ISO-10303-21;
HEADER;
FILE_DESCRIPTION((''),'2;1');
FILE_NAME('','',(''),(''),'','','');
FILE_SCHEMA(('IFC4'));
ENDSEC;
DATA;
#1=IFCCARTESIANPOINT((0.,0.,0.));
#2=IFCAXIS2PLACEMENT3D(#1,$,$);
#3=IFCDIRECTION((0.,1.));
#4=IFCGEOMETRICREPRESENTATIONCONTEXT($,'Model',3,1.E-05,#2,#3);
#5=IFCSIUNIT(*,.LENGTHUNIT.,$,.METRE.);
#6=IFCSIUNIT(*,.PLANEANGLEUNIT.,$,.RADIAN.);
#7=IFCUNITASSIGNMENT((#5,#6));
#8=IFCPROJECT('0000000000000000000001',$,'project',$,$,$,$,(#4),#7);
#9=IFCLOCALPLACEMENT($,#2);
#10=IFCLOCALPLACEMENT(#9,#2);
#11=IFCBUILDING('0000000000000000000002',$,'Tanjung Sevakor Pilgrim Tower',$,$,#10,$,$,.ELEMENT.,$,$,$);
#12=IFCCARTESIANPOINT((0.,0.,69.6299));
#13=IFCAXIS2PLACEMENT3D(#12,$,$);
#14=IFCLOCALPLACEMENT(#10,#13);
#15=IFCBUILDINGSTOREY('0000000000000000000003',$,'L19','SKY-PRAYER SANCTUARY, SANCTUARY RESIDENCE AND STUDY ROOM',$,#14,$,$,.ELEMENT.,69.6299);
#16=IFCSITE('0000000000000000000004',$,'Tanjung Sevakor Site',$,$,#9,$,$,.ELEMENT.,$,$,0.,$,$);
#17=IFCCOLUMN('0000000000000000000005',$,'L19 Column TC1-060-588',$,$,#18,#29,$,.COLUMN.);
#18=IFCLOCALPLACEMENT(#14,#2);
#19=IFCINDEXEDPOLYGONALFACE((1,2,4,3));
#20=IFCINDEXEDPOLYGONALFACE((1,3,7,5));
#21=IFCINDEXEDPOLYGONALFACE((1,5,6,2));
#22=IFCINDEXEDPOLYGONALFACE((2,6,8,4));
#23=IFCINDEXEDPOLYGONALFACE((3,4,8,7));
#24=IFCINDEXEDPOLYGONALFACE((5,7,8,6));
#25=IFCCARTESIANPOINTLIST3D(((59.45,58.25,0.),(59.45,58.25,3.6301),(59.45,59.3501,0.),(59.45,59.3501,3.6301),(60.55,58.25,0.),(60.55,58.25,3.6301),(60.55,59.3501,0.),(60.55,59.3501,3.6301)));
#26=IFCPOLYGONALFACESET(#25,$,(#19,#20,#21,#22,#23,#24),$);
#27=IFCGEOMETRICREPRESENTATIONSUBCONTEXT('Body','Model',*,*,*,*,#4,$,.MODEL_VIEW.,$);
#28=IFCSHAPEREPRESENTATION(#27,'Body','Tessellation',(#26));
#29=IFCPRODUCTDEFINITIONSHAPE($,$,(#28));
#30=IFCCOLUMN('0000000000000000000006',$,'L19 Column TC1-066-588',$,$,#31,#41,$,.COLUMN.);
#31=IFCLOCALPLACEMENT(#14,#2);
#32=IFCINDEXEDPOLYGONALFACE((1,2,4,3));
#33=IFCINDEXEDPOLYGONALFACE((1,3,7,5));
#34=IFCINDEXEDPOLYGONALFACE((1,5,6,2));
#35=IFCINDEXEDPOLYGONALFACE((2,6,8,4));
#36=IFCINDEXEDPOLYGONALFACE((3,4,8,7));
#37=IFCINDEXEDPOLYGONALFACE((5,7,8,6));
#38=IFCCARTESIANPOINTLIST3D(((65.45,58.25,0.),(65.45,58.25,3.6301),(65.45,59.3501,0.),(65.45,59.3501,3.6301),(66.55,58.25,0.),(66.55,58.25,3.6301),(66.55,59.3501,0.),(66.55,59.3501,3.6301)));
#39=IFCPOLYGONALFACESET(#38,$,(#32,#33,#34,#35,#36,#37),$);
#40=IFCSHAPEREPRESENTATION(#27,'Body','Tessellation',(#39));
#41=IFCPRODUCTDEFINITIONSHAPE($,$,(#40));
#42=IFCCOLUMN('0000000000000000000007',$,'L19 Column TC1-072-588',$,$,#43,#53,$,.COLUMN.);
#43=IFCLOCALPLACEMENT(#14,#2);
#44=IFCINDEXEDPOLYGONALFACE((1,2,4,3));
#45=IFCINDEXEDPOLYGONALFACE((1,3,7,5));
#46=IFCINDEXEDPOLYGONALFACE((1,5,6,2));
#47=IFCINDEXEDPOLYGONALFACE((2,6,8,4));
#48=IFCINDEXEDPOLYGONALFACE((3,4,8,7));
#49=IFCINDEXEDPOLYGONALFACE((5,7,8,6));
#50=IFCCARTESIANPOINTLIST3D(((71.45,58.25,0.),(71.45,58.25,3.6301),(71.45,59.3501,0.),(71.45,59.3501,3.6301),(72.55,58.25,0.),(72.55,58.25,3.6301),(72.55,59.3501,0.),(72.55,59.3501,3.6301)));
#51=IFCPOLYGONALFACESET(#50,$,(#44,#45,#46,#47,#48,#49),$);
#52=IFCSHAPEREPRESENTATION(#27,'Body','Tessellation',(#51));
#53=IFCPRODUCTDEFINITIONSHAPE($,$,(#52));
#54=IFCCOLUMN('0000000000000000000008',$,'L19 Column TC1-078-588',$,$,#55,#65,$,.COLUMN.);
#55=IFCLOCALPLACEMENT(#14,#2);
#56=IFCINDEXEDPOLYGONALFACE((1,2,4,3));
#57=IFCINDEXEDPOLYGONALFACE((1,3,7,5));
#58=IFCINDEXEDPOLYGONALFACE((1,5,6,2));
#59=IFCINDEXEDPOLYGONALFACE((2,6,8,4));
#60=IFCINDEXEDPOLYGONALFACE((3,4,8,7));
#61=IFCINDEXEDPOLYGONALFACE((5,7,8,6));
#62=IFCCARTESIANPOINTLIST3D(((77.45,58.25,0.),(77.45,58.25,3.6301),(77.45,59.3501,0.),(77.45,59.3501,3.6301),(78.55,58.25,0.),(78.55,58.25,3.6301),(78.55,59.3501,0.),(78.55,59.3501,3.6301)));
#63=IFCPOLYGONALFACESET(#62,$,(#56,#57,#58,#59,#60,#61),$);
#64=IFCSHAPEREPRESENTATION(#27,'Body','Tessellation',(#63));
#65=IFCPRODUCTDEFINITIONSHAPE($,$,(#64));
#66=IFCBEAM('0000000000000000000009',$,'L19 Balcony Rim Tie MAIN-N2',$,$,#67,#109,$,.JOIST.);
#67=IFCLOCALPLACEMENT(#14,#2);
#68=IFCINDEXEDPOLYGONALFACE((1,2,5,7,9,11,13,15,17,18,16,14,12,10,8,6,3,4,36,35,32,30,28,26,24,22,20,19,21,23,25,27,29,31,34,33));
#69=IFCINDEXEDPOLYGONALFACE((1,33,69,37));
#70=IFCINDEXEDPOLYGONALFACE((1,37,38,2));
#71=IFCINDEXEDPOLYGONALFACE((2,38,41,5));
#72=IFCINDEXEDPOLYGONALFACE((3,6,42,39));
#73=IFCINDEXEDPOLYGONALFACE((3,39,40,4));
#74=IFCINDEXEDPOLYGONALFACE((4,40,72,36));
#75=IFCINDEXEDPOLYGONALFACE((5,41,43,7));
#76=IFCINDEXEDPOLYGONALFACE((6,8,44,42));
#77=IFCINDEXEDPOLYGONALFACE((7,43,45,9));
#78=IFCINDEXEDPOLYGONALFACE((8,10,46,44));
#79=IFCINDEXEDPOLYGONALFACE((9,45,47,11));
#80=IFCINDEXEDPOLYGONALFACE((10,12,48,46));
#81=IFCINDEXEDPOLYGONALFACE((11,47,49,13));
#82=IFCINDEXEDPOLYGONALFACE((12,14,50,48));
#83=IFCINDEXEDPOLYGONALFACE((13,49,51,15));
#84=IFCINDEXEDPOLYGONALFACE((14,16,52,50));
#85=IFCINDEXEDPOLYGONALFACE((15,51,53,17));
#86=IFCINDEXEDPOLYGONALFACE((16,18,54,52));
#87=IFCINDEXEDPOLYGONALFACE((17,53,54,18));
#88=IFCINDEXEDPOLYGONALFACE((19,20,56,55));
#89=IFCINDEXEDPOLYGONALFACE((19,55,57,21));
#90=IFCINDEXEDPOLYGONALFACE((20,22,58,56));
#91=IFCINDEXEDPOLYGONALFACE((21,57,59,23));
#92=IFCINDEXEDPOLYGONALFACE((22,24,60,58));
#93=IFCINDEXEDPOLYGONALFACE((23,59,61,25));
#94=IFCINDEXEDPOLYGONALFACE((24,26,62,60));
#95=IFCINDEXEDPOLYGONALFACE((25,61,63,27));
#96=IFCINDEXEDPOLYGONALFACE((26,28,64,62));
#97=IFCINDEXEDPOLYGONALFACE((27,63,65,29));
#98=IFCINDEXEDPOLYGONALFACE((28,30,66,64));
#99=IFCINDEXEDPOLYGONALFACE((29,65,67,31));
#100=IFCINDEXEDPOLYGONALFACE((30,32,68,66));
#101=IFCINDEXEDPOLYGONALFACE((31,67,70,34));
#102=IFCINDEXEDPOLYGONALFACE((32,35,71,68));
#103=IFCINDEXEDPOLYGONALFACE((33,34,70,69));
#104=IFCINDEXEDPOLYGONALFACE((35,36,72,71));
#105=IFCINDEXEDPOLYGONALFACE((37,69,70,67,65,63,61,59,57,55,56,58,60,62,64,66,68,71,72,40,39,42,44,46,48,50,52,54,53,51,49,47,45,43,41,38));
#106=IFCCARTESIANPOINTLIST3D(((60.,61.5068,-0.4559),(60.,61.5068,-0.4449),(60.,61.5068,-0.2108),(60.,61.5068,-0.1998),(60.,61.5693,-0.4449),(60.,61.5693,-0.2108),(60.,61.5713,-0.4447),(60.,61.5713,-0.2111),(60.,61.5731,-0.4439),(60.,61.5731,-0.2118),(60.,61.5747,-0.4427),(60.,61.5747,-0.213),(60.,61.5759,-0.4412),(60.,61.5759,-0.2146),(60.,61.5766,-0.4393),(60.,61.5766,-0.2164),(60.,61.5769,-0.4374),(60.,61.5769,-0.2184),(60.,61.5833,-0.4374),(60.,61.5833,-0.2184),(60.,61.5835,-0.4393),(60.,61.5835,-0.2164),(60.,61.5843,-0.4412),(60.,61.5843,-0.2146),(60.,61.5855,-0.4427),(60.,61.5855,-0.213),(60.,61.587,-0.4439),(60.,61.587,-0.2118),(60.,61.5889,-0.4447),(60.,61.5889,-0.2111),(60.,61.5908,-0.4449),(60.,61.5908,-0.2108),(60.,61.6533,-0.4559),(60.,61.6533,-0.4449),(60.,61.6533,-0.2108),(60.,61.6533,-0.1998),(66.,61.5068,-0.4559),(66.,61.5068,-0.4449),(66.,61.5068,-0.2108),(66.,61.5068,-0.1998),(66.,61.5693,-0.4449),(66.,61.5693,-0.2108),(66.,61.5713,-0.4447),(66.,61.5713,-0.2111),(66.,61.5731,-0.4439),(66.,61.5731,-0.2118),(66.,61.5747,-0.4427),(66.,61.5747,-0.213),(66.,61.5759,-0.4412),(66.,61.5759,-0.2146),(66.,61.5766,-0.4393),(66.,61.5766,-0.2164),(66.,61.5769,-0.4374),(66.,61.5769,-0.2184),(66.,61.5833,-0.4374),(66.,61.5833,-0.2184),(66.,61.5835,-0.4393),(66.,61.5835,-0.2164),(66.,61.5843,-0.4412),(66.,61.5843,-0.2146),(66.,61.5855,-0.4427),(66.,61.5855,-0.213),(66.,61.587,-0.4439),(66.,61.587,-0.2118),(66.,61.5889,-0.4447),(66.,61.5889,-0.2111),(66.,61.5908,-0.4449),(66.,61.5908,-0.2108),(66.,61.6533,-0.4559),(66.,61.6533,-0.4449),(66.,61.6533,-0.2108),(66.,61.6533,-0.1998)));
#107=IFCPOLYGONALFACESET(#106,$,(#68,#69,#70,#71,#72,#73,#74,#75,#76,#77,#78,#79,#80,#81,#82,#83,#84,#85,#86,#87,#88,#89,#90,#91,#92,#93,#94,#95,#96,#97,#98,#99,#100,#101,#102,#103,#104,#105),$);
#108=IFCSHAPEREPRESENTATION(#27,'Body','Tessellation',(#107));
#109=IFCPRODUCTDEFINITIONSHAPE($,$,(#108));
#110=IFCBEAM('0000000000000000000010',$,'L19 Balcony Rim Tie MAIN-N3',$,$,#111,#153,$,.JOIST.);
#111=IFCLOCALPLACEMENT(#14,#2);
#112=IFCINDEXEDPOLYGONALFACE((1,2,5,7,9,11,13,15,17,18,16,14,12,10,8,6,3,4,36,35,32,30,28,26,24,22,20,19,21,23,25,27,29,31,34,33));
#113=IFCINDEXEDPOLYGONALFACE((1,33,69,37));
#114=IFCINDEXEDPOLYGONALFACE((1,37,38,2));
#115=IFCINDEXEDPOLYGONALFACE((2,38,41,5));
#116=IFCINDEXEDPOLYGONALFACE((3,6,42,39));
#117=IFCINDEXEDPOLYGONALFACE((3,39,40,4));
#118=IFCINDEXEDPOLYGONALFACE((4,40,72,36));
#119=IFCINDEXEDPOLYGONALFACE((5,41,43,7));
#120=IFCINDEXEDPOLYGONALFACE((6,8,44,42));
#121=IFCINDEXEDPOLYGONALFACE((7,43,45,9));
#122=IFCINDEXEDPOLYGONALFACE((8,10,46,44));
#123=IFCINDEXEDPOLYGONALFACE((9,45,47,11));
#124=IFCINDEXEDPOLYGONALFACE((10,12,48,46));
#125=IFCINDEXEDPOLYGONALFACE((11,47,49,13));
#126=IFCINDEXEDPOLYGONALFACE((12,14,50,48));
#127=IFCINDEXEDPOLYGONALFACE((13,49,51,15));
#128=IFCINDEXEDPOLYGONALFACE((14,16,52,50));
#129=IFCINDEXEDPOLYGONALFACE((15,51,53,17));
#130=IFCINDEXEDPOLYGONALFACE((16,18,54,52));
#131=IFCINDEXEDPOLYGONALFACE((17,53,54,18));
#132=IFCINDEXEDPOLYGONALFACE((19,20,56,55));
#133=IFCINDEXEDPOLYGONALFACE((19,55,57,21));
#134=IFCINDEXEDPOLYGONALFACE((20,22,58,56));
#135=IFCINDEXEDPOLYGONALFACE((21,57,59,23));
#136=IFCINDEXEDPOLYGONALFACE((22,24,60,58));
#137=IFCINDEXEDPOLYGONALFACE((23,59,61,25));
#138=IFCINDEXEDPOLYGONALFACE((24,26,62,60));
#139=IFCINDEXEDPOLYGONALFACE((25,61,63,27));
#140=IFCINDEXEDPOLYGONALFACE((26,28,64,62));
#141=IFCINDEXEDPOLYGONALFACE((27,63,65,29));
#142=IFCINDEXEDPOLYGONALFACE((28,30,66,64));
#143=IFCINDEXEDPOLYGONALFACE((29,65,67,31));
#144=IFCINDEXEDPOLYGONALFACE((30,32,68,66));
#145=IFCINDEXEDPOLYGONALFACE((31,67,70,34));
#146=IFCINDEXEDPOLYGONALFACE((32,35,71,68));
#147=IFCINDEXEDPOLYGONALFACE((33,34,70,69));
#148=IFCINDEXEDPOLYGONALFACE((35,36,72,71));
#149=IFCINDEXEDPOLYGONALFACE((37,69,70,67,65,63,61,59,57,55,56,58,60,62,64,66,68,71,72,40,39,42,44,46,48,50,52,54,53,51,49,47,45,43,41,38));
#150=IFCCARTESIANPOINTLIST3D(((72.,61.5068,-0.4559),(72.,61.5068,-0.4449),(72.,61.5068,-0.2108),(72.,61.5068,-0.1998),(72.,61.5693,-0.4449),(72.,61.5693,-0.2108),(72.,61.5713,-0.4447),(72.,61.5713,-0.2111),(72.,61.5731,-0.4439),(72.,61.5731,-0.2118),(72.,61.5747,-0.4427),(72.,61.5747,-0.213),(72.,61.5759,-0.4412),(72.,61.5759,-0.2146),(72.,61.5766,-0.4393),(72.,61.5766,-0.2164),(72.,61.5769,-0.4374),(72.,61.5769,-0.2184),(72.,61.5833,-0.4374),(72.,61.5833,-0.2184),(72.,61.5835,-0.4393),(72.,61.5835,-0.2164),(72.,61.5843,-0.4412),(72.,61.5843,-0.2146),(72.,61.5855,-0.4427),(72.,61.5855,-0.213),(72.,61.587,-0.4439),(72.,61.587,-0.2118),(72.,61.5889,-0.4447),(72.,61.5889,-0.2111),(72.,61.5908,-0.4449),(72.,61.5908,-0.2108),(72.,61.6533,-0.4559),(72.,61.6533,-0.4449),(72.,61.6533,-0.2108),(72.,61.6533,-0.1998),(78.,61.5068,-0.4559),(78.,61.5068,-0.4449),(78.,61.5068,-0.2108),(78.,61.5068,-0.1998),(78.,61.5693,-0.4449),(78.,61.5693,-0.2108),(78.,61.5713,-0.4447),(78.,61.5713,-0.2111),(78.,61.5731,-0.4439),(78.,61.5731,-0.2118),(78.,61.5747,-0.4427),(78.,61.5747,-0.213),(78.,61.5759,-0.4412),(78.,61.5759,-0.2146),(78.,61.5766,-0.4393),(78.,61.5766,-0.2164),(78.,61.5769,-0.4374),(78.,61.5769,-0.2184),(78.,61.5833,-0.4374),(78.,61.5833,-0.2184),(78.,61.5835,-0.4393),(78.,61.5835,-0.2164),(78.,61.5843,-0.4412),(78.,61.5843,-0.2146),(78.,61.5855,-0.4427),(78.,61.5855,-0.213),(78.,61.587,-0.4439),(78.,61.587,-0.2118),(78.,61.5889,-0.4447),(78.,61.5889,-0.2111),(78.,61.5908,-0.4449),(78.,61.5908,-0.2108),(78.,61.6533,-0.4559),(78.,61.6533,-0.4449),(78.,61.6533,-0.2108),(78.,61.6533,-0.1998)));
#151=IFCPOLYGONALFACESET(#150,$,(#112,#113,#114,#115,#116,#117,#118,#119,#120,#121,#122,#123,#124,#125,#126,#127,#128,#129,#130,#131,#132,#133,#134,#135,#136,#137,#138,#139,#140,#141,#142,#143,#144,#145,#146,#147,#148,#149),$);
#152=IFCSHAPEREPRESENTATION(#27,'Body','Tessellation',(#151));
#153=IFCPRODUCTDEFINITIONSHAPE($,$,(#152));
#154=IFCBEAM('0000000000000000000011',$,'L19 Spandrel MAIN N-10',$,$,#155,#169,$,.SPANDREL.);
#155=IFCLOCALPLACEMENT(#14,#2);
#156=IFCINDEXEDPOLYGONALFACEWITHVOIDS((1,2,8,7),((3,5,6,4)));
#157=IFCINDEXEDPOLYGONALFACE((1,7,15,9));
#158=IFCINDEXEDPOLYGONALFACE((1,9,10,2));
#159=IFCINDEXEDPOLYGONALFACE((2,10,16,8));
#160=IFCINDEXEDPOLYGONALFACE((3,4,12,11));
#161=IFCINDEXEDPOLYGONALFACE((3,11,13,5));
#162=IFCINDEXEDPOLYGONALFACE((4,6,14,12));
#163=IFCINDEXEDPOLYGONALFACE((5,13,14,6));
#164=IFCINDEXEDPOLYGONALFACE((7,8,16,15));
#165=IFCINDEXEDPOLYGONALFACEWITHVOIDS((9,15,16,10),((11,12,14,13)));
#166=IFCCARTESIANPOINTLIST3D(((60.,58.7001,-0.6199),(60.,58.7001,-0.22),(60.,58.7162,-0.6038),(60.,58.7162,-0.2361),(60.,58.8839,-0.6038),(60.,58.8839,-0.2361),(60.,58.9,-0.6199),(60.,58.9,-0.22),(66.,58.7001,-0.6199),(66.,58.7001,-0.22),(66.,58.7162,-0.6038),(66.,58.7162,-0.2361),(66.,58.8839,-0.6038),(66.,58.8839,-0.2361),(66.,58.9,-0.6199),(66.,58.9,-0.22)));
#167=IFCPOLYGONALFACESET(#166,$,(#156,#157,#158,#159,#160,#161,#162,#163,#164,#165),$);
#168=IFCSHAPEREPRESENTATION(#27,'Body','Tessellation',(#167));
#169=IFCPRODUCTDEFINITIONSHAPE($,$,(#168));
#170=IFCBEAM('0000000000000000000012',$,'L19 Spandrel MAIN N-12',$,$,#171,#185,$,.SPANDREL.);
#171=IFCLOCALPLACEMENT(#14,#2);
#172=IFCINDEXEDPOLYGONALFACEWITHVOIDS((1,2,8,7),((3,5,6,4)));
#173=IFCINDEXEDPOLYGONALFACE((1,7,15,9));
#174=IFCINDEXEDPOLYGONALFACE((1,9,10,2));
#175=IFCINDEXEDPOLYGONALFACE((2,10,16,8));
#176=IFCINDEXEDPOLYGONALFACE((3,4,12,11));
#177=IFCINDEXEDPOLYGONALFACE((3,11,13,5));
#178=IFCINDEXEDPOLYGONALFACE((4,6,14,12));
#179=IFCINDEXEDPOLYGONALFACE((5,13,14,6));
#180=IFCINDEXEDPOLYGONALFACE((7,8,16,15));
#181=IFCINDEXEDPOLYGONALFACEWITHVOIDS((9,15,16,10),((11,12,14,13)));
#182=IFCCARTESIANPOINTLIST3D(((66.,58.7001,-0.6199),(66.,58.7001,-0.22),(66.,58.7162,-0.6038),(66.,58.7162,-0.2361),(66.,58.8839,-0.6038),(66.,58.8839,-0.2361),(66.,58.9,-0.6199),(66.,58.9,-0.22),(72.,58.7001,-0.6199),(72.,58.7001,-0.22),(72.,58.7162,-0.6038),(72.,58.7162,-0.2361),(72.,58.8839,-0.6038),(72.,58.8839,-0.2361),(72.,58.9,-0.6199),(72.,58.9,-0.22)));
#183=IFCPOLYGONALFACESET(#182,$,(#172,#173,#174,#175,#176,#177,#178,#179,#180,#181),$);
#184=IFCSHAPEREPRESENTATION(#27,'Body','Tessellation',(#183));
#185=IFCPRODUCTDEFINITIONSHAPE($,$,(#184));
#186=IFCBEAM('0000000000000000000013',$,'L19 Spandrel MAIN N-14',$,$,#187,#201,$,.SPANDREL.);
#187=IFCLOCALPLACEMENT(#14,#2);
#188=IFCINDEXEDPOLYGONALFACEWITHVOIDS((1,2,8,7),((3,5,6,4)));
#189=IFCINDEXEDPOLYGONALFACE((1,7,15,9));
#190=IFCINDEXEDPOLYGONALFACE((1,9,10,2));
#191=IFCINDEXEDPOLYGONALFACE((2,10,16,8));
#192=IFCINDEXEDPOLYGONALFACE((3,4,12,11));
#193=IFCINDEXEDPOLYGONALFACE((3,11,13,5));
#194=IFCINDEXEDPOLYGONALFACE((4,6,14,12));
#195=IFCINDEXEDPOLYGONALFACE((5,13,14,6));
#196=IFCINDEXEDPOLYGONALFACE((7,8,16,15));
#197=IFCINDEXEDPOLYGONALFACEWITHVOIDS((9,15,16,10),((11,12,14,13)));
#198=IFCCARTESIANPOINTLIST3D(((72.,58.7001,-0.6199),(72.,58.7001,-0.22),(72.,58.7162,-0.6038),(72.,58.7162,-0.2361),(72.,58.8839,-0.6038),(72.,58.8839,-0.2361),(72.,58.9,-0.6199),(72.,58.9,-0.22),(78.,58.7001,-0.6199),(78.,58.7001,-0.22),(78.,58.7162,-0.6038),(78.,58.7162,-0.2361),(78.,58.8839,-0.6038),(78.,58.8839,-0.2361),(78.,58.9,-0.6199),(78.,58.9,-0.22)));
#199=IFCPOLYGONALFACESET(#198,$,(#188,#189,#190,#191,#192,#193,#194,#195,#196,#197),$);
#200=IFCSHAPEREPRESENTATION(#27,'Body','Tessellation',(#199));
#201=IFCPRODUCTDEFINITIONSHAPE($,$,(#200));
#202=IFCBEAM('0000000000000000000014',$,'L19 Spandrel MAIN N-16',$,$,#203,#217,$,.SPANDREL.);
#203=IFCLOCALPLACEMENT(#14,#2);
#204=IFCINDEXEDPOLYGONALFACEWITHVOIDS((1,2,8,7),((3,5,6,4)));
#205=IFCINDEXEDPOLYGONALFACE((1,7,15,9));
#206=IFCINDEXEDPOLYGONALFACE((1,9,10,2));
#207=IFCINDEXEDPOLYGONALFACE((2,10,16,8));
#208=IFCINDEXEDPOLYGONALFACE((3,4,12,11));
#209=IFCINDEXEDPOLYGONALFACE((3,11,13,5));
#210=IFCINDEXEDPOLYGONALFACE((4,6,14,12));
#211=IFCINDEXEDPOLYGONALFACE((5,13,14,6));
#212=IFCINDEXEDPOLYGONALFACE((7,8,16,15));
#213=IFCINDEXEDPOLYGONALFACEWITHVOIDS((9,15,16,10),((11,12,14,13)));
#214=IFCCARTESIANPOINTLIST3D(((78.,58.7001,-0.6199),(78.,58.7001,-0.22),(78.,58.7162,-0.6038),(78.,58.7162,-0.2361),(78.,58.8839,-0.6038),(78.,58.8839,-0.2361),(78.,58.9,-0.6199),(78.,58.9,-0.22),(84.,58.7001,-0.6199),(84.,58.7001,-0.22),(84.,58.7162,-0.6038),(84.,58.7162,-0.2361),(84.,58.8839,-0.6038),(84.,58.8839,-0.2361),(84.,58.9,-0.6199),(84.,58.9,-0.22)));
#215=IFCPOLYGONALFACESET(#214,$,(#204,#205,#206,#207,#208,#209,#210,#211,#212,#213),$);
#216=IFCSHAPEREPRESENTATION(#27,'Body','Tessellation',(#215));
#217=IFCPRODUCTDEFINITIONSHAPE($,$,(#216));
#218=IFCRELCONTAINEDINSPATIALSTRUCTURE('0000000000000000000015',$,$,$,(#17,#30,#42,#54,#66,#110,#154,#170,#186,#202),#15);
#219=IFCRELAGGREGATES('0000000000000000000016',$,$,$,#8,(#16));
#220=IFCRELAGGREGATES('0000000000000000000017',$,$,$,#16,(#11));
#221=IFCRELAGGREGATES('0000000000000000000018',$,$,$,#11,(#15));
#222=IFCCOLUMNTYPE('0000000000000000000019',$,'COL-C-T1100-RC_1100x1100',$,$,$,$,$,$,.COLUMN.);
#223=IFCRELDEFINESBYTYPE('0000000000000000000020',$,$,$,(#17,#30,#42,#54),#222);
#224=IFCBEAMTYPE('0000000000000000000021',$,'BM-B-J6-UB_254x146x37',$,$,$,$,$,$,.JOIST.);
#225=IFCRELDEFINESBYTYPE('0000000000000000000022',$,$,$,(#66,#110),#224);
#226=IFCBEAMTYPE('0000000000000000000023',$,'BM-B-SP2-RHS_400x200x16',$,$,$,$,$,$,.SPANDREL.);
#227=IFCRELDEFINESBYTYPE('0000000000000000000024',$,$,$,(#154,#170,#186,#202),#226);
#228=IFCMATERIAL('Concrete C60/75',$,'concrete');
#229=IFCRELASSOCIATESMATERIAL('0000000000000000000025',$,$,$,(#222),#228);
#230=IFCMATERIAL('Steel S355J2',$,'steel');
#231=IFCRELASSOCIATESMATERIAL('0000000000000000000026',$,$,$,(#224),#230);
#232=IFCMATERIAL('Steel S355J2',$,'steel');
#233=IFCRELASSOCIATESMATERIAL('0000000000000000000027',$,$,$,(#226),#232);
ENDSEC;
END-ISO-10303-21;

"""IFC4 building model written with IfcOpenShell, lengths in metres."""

from ifc_helpers import new_model, si_unit, direction, frame, origin, origin_2d, place, context, subcontext, project, spatial, rectangle, hollow_rectangle, i_section, extrude, material, material_profile, profile_set, type_object, element, save


model = new_model("IFC4")

# Units and contexts
model_context = context("Model", 3, precision=1e-05, world=origin(), true_north=direction((0.0, 1.0)))
body_context = subcontext(model_context, "Body", "Model", "MODEL_VIEW")
ifc_project = project(units=[si_unit("LENGTHUNIT", "METRE"), si_unit("PLANEANGLEUNIT", "RADIAN")], contexts=[model_context])

# Site, building, storey
site_placement = place(None, origin())
site = spatial("IfcSite", under=ifc_project, at=site_placement, Name="Tanjung Sevakor Site", CompositionType="ELEMENT", RefElevation=0.0)
building_placement = place(site_placement, origin())
building = spatial("IfcBuilding", under=site, at=building_placement, Name="Tanjung Sevakor Pilgrim Tower", CompositionType="ELEMENT")
storey_placement = place(building_placement, frame((0.0, 0.0, 69.6299)))
storey = spatial("IfcBuildingStorey", under=building, at=storey_placement, Name="L19", Description="SKY-PRAYER SANCTUARY, SANCTUARY RESIDENCE AND STUDY ROOM", CompositionType="ELEMENT", Elevation=69.6299)

# Columns
ifc_material_1 = material(Name="Concrete C60/75", Category="concrete")
ifc_material_profile_1 = material_profile(ifc_material_1, rectangle(XDim=1.1001, YDim=1.1001, at=origin_2d()))
ifc_profile_set_1 = profile_set([ifc_material_profile_1], Name="Concrete C60/75")
column_type = type_object("IfcColumnType", Name="COL-C-T1100-RC_1100x1100", PredefinedType="COLUMN", material=ifc_profile_set_1)
for number, where, z_axis, x_axis, name in (
    (1, (60.0, 58.8, 0.0), (0.0, 0.0, 1.0), (1.0, 0.0, 0.0), "L19 Column TC1-060-588"),
    (2, (66.0, 58.8, 0.0), (0.0, 0.0, 1.0), (1.0, 0.0, 0.0), "L19 Column TC1-066-588"),
    (3, (72.0, 58.8, 0.0), (0.0, 0.0, 1.0), (1.0, 0.0, 0.0), "L19 Column TC1-072-588"),
    (4, (78.0, 58.8, 0.0), (0.0, 0.0, 1.0), (1.0, 0.0, 0.0), "L19 Column TC1-078-588"),
):
    element("IfcColumn", number, at=place(storey_placement, frame(where, z_axis=z_axis, x_axis=x_axis)), inside=storey, type_object=column_type, Name=name, PredefinedType="COLUMN", context=body_context, shape_type="SweptSolid", body=[
        extrude(rectangle(XDim=1.1001, YDim=1.1001, at=origin_2d()), origin(), (0.0, 0.0, 1.0), 3.6301),
    ])

# Beams
ifc_material_2 = material(Name="Steel S355J2", Category="steel")
ifc_material_profile_2 = material_profile(ifc_material_2, i_section(OverallWidth=0.1465, OverallDepth=0.2561, WebThickness=0.0063, FlangeThickness=0.011, FilletRadius=0.0076, at=origin_2d()))
ifc_profile_set_2 = profile_set([ifc_material_profile_2], Name="Steel S355J2")
beam_type_1 = type_object("IfcBeamType", Name="BM-B-J6-UB_254x146x37", PredefinedType="JOIST", material=ifc_profile_set_2)
for number, where, z_axis, x_axis, name in (
    (5, (60.0, 61.5801, -0.3279), (1.0, 0.0, 0.0), (0.0, 1.0, 0.0), "L19 Balcony Rim Tie MAIN-N2"),
    (6, (72.0, 61.5801, -0.3279), (1.0, 0.0, 0.0), (0.0, 1.0, 0.0), "L19 Balcony Rim Tie MAIN-N3"),
):
    element("IfcBeam", number, at=place(storey_placement, frame(where, z_axis=z_axis, x_axis=x_axis)), inside=storey, type_object=beam_type_1, Name=name, PredefinedType="JOIST", context=body_context, shape_type="SweptSolid", body=[
        extrude(i_section(OverallWidth=0.1465, OverallDepth=0.2561, WebThickness=0.0063, FlangeThickness=0.011, FilletRadius=0.0076, at=origin_2d()), origin(), (0.0, 0.0, 1.0), 6.0),
    ])
ifc_material_3 = material(Name="Steel S355J2", Category="steel")
ifc_material_profile_3 = material_profile(ifc_material_3, hollow_rectangle(XDim=0.2, YDim=0.3999, WallThickness=0.0161, at=origin_2d()))
ifc_profile_set_3 = profile_set([ifc_material_profile_3], Name="Steel S355J2")
beam_type_2 = type_object("IfcBeamType", Name="BM-B-SP2-RHS_400x200x16", PredefinedType="SPANDREL", material=ifc_profile_set_3)
for number, where, z_axis, x_axis, name in (
    (7, (60.0, 58.8, -0.4199), (1.0, 0.0, 0.0), (0.0, 1.0, 0.0), "L19 Spandrel MAIN N-10"),
    (8, (66.0, 58.8, -0.4199), (1.0, 0.0, 0.0), (0.0, 1.0, 0.0), "L19 Spandrel MAIN N-12"),
    (9, (72.0, 58.8, -0.4199), (1.0, 0.0, 0.0), (0.0, 1.0, 0.0), "L19 Spandrel MAIN N-14"),
    (10, (78.0, 58.8, -0.4199), (1.0, 0.0, 0.0), (0.0, 1.0, 0.0), "L19 Spandrel MAIN N-16"),
):
    element("IfcBeam", number, at=place(storey_placement, frame(where, z_axis=z_axis, x_axis=x_axis)), inside=storey, type_object=beam_type_2, Name=name, PredefinedType="SPANDREL", context=body_context, shape_type="SweptSolid", body=[
        extrude(hollow_rectangle(XDim=0.2, YDim=0.3999, WallThickness=0.0161, at=origin_2d()), origin(), (0.0, 0.0, 1.0), 6.0),
    ])

save(model, "model.ifc")
